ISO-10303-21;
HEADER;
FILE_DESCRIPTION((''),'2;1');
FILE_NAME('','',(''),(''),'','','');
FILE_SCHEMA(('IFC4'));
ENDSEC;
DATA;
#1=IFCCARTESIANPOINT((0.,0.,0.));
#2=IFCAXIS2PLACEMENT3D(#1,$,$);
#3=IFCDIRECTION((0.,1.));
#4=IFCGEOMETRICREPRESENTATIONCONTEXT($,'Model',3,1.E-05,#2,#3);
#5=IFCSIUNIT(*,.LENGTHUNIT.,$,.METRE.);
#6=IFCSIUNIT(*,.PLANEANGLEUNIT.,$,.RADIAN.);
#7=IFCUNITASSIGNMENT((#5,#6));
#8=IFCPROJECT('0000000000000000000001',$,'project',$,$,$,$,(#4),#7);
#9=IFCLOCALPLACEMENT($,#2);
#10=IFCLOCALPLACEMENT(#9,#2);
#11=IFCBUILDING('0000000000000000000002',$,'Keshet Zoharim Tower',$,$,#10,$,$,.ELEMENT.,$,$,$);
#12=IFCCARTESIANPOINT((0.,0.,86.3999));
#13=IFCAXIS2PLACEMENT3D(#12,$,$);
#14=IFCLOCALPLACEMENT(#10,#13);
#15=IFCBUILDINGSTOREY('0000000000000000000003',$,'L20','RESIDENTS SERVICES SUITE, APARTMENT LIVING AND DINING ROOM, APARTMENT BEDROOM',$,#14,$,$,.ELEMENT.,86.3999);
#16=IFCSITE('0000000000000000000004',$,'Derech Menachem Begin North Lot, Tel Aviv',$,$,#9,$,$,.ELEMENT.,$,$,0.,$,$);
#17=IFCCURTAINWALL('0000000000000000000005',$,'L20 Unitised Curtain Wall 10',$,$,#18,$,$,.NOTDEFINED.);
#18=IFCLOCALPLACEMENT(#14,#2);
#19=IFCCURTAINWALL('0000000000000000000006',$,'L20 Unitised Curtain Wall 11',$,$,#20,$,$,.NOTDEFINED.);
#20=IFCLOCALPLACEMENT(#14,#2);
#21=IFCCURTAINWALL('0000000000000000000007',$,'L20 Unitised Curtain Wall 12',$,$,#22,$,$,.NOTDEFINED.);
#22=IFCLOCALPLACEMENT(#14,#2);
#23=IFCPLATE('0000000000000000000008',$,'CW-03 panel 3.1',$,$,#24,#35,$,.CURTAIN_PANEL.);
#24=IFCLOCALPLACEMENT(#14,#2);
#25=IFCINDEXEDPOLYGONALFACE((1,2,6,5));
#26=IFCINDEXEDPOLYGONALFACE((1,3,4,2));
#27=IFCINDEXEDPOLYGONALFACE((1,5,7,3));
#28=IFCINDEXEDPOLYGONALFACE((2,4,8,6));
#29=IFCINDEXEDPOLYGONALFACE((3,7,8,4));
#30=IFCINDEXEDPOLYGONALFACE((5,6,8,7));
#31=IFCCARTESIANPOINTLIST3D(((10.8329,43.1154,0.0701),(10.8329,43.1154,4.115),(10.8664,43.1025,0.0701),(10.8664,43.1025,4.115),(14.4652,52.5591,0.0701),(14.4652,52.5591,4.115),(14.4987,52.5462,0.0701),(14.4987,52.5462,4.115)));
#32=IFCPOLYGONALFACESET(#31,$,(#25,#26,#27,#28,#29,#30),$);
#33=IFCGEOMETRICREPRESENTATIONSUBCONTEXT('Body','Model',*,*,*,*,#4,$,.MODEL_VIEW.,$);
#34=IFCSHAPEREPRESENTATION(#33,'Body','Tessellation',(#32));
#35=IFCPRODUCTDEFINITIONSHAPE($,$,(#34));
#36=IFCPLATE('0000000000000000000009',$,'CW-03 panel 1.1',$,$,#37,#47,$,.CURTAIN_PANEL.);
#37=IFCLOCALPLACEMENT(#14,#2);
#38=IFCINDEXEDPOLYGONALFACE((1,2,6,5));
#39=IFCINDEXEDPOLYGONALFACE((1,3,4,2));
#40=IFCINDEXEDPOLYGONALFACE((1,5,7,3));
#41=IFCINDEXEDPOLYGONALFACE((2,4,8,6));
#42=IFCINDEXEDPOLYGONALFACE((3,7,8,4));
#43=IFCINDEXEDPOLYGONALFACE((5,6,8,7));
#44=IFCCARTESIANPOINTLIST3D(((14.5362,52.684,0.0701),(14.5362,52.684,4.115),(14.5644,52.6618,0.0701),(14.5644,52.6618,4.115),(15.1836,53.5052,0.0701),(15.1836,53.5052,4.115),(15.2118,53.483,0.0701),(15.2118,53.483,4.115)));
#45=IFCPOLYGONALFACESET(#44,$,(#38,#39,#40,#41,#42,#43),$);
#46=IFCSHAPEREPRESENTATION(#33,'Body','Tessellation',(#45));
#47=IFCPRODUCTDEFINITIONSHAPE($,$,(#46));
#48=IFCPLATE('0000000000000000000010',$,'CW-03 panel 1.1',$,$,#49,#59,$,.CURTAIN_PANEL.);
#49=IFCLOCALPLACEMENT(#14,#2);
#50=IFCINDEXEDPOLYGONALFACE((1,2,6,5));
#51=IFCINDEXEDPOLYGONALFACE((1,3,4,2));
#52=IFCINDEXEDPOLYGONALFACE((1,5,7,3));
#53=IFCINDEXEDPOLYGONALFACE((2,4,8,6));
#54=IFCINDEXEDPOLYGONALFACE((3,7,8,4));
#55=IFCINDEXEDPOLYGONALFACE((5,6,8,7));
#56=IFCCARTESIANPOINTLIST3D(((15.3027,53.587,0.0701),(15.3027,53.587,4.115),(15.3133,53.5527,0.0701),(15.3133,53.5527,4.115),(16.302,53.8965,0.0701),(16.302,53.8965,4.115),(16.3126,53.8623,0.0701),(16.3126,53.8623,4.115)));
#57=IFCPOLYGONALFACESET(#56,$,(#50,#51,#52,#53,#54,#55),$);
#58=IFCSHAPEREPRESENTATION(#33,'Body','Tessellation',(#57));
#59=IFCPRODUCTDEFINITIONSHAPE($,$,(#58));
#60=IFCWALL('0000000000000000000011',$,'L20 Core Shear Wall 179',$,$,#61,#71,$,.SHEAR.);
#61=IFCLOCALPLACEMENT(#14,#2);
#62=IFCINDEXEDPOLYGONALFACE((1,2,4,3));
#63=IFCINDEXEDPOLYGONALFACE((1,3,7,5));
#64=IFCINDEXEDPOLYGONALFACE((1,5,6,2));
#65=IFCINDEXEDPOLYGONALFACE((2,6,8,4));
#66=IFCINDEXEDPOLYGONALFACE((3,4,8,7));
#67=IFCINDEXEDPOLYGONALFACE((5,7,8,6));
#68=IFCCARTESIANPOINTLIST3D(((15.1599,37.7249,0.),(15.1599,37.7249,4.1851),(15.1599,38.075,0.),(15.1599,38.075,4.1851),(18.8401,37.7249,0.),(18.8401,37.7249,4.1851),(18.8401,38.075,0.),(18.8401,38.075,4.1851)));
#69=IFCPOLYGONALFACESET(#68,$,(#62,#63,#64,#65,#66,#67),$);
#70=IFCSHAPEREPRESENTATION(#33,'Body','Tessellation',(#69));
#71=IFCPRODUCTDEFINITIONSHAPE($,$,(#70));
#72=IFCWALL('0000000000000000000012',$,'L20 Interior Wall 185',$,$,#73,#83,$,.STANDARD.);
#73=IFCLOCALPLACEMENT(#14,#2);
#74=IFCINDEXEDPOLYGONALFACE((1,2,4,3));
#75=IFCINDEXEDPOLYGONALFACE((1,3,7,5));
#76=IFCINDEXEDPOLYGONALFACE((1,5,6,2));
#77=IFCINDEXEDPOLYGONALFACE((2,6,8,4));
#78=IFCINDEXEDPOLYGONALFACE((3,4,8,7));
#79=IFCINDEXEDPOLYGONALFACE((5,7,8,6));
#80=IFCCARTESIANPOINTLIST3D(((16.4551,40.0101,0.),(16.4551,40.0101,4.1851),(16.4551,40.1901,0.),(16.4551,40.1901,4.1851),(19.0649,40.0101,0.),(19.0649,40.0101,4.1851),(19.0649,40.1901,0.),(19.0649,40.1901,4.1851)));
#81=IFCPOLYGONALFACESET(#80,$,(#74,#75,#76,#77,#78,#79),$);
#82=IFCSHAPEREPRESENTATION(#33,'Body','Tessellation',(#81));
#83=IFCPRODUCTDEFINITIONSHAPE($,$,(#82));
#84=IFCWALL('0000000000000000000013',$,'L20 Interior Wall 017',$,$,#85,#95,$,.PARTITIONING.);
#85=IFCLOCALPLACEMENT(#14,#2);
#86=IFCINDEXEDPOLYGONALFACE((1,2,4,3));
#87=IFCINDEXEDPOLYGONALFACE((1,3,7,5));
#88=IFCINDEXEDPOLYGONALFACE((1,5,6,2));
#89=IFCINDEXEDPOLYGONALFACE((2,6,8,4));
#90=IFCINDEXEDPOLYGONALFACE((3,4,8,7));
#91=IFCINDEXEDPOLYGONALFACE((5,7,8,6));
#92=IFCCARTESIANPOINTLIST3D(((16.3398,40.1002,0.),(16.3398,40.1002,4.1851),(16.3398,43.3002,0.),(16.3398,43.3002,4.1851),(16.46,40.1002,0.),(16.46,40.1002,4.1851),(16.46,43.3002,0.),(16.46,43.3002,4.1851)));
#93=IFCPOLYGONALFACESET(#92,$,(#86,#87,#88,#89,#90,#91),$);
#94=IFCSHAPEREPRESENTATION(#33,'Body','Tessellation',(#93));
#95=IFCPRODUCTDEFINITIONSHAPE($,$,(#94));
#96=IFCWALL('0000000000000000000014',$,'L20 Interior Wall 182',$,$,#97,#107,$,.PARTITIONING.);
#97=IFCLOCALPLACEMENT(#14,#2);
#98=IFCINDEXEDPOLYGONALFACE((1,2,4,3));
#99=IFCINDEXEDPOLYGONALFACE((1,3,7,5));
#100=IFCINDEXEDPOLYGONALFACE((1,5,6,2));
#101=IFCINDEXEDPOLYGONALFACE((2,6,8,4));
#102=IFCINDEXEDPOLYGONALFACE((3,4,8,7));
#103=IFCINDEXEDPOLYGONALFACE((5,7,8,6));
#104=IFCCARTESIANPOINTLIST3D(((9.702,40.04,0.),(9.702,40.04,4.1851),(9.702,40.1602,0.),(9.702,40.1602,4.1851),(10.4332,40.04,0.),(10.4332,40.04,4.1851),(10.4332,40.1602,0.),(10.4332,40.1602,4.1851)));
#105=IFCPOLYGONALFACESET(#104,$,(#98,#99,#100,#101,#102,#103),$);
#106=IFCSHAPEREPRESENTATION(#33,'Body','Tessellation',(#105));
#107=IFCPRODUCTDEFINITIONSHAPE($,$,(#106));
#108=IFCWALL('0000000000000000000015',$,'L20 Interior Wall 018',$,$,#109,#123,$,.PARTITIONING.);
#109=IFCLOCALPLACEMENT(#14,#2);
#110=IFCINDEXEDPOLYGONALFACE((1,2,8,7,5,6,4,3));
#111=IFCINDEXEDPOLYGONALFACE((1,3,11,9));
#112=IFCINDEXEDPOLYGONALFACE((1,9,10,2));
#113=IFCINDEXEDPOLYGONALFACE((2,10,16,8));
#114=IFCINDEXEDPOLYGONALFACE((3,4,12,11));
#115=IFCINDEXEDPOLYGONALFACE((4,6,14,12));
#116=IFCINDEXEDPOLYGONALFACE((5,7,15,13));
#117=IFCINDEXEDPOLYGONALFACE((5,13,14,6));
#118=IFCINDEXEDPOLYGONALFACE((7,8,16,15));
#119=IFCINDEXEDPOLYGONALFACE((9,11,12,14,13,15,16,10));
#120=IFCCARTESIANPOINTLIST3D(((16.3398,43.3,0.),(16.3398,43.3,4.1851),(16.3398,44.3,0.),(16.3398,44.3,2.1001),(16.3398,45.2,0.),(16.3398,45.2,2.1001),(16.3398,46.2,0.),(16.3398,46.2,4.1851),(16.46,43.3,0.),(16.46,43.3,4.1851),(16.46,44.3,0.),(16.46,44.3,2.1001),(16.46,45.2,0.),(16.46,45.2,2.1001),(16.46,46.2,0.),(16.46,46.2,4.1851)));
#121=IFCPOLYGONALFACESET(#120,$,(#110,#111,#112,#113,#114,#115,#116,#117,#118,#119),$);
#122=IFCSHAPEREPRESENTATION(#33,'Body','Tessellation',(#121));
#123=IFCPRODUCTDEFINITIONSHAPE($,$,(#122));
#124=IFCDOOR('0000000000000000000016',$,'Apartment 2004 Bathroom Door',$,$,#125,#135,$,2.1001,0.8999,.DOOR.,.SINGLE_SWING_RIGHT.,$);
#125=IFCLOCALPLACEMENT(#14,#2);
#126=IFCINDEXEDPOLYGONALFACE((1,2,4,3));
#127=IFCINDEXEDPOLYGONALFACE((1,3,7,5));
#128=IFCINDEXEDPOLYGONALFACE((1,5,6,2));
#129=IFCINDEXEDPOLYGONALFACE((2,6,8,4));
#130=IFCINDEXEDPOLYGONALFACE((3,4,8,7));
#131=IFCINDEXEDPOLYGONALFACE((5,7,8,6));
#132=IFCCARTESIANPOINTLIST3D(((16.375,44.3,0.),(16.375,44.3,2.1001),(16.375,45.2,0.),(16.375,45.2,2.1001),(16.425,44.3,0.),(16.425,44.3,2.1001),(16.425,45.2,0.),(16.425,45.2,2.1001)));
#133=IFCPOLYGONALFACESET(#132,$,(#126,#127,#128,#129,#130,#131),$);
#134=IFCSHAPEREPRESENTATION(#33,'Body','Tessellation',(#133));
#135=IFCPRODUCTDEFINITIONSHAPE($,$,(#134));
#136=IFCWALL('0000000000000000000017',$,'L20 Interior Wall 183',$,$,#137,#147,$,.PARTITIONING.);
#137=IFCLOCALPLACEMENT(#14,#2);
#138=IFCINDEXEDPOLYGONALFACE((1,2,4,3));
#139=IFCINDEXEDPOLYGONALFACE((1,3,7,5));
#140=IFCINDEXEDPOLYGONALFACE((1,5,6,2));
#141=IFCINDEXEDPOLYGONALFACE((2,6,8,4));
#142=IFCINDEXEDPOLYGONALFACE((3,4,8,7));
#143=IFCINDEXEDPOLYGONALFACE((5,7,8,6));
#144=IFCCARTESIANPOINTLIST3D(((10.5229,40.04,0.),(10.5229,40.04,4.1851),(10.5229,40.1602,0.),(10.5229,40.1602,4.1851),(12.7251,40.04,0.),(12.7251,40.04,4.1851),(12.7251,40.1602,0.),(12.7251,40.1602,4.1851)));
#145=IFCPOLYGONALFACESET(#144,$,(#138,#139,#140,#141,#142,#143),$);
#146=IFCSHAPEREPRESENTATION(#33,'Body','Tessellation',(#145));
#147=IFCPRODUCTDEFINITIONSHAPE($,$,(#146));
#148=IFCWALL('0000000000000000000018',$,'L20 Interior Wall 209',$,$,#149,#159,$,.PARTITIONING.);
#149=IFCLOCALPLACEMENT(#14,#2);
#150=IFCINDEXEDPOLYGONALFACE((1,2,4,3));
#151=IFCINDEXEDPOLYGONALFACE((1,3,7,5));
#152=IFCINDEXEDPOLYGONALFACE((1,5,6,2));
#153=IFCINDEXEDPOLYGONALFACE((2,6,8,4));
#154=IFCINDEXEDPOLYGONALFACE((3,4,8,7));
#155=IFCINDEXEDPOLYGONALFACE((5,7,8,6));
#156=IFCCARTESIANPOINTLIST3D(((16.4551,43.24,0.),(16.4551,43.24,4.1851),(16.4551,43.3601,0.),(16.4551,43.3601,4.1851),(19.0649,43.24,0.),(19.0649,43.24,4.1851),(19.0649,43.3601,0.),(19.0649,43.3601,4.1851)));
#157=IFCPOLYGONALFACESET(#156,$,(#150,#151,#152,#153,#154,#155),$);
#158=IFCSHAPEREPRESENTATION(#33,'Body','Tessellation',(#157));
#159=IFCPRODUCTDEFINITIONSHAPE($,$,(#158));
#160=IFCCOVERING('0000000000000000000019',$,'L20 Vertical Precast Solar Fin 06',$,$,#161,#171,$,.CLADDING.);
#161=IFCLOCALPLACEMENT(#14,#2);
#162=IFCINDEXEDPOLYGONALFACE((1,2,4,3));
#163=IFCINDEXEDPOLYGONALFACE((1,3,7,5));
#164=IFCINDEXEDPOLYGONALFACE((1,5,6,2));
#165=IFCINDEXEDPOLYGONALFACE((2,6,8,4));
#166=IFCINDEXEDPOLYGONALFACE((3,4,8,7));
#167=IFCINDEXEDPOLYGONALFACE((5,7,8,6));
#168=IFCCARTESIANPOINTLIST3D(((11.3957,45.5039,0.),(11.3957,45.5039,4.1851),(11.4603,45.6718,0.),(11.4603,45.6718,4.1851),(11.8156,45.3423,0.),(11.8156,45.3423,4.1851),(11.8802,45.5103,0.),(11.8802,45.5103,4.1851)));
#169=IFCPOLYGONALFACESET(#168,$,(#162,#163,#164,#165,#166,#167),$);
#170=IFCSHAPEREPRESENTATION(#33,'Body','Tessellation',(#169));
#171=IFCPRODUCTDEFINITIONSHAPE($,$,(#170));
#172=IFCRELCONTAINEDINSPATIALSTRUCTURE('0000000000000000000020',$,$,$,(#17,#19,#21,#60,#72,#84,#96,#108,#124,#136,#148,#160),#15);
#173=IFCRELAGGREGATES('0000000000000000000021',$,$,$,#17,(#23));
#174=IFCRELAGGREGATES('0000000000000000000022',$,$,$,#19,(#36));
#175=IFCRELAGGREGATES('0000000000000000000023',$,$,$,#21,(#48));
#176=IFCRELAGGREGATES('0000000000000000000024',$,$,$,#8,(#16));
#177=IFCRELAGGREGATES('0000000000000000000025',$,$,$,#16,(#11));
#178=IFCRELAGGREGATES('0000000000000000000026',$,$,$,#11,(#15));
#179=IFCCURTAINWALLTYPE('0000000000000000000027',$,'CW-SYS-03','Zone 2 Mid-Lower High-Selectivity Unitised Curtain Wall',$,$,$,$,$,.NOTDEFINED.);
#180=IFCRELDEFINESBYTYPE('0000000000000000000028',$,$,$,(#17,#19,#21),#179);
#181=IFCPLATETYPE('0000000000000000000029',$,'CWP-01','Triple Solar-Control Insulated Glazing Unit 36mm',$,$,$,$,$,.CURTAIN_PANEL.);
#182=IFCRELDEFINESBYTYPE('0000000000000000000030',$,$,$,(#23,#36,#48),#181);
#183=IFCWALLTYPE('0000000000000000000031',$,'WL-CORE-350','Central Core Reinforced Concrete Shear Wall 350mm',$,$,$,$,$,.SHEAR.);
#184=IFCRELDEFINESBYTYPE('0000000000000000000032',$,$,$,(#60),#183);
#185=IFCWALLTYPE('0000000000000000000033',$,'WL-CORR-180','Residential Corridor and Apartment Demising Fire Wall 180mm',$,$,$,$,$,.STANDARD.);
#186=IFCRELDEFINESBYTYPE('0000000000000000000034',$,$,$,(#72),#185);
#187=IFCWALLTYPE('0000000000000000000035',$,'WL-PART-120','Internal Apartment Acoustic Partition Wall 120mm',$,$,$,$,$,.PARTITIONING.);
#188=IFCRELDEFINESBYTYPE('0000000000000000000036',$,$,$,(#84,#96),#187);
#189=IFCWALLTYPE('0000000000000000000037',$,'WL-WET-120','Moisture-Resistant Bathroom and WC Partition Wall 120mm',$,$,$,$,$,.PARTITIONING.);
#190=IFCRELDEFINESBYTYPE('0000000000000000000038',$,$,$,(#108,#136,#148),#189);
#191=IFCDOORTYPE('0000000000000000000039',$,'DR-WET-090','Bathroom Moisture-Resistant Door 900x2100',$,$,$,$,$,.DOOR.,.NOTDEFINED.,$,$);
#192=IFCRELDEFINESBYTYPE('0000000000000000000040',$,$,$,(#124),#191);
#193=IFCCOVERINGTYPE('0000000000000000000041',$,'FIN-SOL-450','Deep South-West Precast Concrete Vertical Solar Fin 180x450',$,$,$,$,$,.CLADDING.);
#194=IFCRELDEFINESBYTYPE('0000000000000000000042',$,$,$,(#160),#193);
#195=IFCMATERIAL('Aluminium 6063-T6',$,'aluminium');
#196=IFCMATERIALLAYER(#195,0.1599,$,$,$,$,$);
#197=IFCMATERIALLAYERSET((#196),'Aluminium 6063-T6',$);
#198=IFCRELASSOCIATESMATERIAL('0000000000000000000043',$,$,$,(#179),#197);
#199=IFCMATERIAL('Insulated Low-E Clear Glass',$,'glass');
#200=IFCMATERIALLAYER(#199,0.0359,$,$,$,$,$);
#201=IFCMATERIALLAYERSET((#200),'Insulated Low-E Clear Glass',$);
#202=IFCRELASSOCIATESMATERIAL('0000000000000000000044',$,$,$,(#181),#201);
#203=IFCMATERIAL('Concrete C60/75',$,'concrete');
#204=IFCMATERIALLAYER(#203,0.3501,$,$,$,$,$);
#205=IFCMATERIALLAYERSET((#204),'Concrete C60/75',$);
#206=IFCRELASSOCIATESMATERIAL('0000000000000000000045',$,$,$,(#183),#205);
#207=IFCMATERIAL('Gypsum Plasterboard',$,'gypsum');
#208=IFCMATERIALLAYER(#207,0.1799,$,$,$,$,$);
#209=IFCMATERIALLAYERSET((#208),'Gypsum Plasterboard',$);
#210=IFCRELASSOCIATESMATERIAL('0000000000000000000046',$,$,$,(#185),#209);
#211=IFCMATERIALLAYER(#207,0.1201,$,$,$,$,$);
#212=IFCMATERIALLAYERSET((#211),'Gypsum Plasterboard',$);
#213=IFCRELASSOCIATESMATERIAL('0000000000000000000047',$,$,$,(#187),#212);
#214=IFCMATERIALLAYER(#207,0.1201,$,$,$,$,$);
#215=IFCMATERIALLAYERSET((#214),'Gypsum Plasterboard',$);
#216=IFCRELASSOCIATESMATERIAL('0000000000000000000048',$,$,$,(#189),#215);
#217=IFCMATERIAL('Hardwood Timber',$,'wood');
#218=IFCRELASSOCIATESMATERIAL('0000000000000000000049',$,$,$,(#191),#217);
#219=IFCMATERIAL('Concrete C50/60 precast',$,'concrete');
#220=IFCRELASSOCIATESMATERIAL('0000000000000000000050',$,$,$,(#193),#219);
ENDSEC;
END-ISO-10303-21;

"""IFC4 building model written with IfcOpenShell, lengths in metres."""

from ifc_helpers import new_model, si_unit, direction, frame, frame_2d, origin, origin_2d, place, context, subcontext, project, spatial, rectangle, extrude, material, layer, layer_set, type_object, element, fill, aggregate, save


model = new_model("IFC4")

# Units and contexts
model_context = context("Model", 3, precision=1e-05, world=origin(), true_north=direction((0.0, 1.0)))
body_context = subcontext(model_context, "Body", "Model", "MODEL_VIEW")
ifc_project = project(units=[si_unit("LENGTHUNIT", "METRE"), si_unit("PLANEANGLEUNIT", "RADIAN")], contexts=[model_context])

# Site, building, storey
site_placement = place(None, origin())
site = spatial("IfcSite", under=ifc_project, at=site_placement, Name="Derech Menachem Begin North Lot, Tel Aviv", CompositionType="ELEMENT", RefElevation=0.0)
building_placement = place(site_placement, origin())
building = spatial("IfcBuilding", under=site, at=building_placement, Name="Keshet Zoharim Tower", CompositionType="ELEMENT")
storey_placement = place(building_placement, frame((0.0, 0.0, 86.3999)))
storey = spatial("IfcBuildingStorey", under=building, at=storey_placement, Name="L20", Description="RESIDENTS SERVICES SUITE, APARTMENT LIVING AND DINING ROOM, APARTMENT BEDROOM", CompositionType="ELEMENT", Elevation=86.3999)

# Curtain walls
ifc_material_1 = material(Name="Aluminium 6063-T6", Category="aluminium")
ifc_layer_1 = layer(ifc_material_1, 0.1599)
ifc_layer_set_1 = layer_set([ifc_layer_1], Name="Aluminium 6063-T6")
curtain_wall_type = type_object("IfcCurtainWallType", Name="CW-SYS-03", Description="Zone 2 Mid-Lower High-Selectivity Unitised Curtain Wall", PredefinedType="NOTDEFINED", material=ifc_layer_set_1)
curtain_wall_1_placement = place(storey_placement, origin())
curtain_wall_1 = element("IfcCurtainWall", 1, at=curtain_wall_1_placement, inside=storey, type_object=curtain_wall_type, Name="L20 Unitised Curtain Wall 10", PredefinedType="NOTDEFINED")
curtain_wall_2_placement = place(storey_placement, origin())
curtain_wall_2 = element("IfcCurtainWall", 2, at=curtain_wall_2_placement, inside=storey, type_object=curtain_wall_type, Name="L20 Unitised Curtain Wall 11", PredefinedType="NOTDEFINED")
curtain_wall_3_placement = place(storey_placement, origin())
curtain_wall_3 = element("IfcCurtainWall", 3, at=curtain_wall_3_placement, inside=storey, type_object=curtain_wall_type, Name="L20 Unitised Curtain Wall 12", PredefinedType="NOTDEFINED")

# Plates
ifc_material_2 = material(Name="Insulated Low-E Clear Glass", Category="glass")
ifc_layer_2 = layer(ifc_material_2, 0.0359)
ifc_layer_set_2 = layer_set([ifc_layer_2], Name="Insulated Low-E Clear Glass")
plate_type = type_object("IfcPlateType", Name="CWP-01", Description="Triple Solar-Control Insulated Glazing Unit 36mm", PredefinedType="CURTAIN_PANEL", material=ifc_layer_set_2)
plate_1_placement = place(storey_placement, frame((12.6658, 47.8308, 0.0701), z_axis=(0.0, 0.0, 1.0), x_axis=(0.35899, 0.933341, 0.0)))
plate_1 = element("IfcPlate", 4, at=plate_1_placement, type_object=plate_type, Name="CW-03 panel 3.1", PredefinedType="CURTAIN_PANEL", context=body_context, shape_type="SweptSolid", body=[
    extrude(rectangle(XDim=10.1182, YDim=0.0359, at=origin_2d()), origin(), (0.0, 0.0, 1.0), 4.0449),
])
aggregate(curtain_wall_1, [plate_1])
plate_2_placement = place(storey_placement, frame((14.874, 53.0835, 0.0701), z_axis=(0.0, 0.0, 1.0), x_axis=(0.619125, 0.785293, 0.0)))
plate_2 = element("IfcPlate", 5, at=plate_2_placement, type_object=plate_type, Name="CW-03 panel 1.1", PredefinedType="CURTAIN_PANEL", context=body_context, shape_type="SweptSolid", body=[
    extrude(rectangle(XDim=1.0457, YDim=0.0359, at=origin_2d()), origin(), (0.0, 0.0, 1.0), 4.0449),
])
aggregate(curtain_wall_2, [plate_2])
plate_3_placement = place(storey_placement, frame((15.8076, 53.7246, 0.0701), z_axis=(0.0, 0.0, 1.0), x_axis=(0.955212, 0.295922, 0.0)))
plate_3 = element("IfcPlate", 6, at=plate_3_placement, type_object=plate_type, Name="CW-03 panel 1.1", PredefinedType="CURTAIN_PANEL", context=body_context, shape_type="SweptSolid", body=[
    extrude(rectangle(XDim=1.0461, YDim=0.0359, at=origin_2d()), origin(), (0.0, 0.0, 1.0), 4.0449),
])
aggregate(curtain_wall_3, [plate_3])

# Wall
ifc_material_3 = material(Name="Concrete C60/75", Category="concrete")
ifc_layer_3 = layer(ifc_material_3, 0.3501)
ifc_layer_set_3 = layer_set([ifc_layer_3], Name="Concrete C60/75")
wall_type_1 = type_object("IfcWallType", Name="WL-CORE-350", Description="Central Core Reinforced Concrete Shear Wall 350mm", PredefinedType="SHEAR", material=ifc_layer_set_3)
wall_1_placement = place(storey_placement, frame((15.1599, 37.8999, 0.0), z_axis=(0.0, 0.0, 1.0), x_axis=(1.0, 0.0, 0.0)))
element("IfcWall", 7, at=wall_1_placement, inside=storey, type_object=wall_type_1, Name="L20 Core Shear Wall 179", PredefinedType="SHEAR", context=body_context, shape_type="SweptSolid", body=[
    extrude(rectangle(XDim=3.6802, YDim=0.3501, at=frame_2d((1.8401, 0.0))), origin(), (0.0, 0.0, 1.0), 4.1851),
])

# Shared definitions
ifc_material_4 = material(Name="Gypsum Plasterboard", Category="gypsum")
ifc_layer_4 = layer(ifc_material_4, 0.1799)
ifc_layer_set_4 = layer_set([ifc_layer_4], Name="Gypsum Plasterboard")
wall_type_2 = type_object("IfcWallType", Name="WL-CORR-180", Description="Residential Corridor and Apartment Demising Fire Wall 180mm", PredefinedType="STANDARD", material=ifc_layer_set_4)
ifc_material_5 = material(Name="Hardwood Timber", Category="wood")

# Walls
wall_2_placement = place(storey_placement, frame((16.4551, 40.1001, 0.0), z_axis=(0.0, 0.0, 1.0), x_axis=(1.0, 0.0, 0.0)))
element("IfcWall", 8, at=wall_2_placement, inside=storey, type_object=wall_type_2, Name="L20 Interior Wall 185", PredefinedType="STANDARD", context=body_context, shape_type="SweptSolid", body=[
    extrude(rectangle(XDim=2.6099, YDim=0.1799, at=frame_2d((1.3049, 0.0))), origin(), (0.0, 0.0, 1.0), 4.1851),
])
ifc_layer_5 = layer(ifc_material_4, 0.1201)
ifc_layer_set_5 = layer_set([ifc_layer_5], Name="Gypsum Plasterboard")
wall_type_3 = type_object("IfcWallType", Name="WL-PART-120", Description="Internal Apartment Acoustic Partition Wall 120mm", PredefinedType="PARTITIONING", material=ifc_layer_set_5)
wall_3_placement = place(storey_placement, frame((16.3999, 40.1001, 0.0), z_axis=(0.0, 0.0, 1.0), x_axis=(0.0, 1.0, 0.0)))
element("IfcWall", 9, at=wall_3_placement, inside=storey, type_object=wall_type_3, Name="L20 Interior Wall 017", PredefinedType="PARTITIONING", context=body_context, shape_type="SweptSolid", body=[
    extrude(rectangle(XDim=3.2, YDim=0.1201, at=frame_2d((1.6001, 0.0))), origin(), (0.0, 0.0, 1.0), 4.1851),
])
wall_4_placement = place(storey_placement, frame((9.7019, 40.1001, 0.0), z_axis=(0.0, 0.0, 1.0), x_axis=(1.0, 0.0, 0.0)))
element("IfcWall", 10, at=wall_4_placement, inside=storey, type_object=wall_type_3, Name="L20 Interior Wall 182", PredefinedType="PARTITIONING", context=body_context, shape_type="SweptSolid", body=[
    extrude(rectangle(XDim=0.7312, YDim=0.1201, at=frame_2d((0.3657, 0.0))), origin(), (0.0, 0.0, 1.0), 4.1851),
])

# Wall, opening, door
ifc_layer_6 = layer(ifc_material_4, 0.1201)
ifc_layer_set_6 = layer_set([ifc_layer_6], Name="Gypsum Plasterboard")
wall_type_4 = type_object("IfcWallType", Name="WL-WET-120", Description="Moisture-Resistant Bathroom and WC Partition Wall 120mm", PredefinedType="PARTITIONING", material=ifc_layer_set_6)
wall_5_placement = place(storey_placement, frame((16.3999, 43.3, 0.0), z_axis=(0.0, 0.0, 1.0), x_axis=(0.0, 1.0, 0.0)))
wall_5 = element("IfcWall", 11, at=wall_5_placement, inside=storey, type_object=wall_type_4, Name="L20 Interior Wall 018", PredefinedType="PARTITIONING", context=body_context, shape_type="SweptSolid", body=[
    extrude(rectangle(XDim=2.8999, YDim=0.1201, at=frame_2d((1.45, 0.0))), origin(), (0.0, 0.0, 1.0), 4.1851),
])
opening_1_placement = place(wall_5_placement, frame((1.0, 0.0, 0.0)))
opening_1 = element("IfcOpeningElement", 12, at=opening_1_placement, cuts=wall_5, PredefinedType="OPENING", context=body_context, shape_type="SweptSolid", body=[
    extrude(rectangle(XDim=0.8999, YDim=2.1001, at=frame_2d((0.45, 1.05))), frame((0.0, 0.0701, 0.0), z_axis=(0.0, -1.0, 0.0), x_axis=(1.0, 0.0, 0.0)), (0.0, 0.0, 1.0), 0.1401),
])
door_type_1 = type_object("IfcDoorType", Name="DR-WET-090", Description="Bathroom Moisture-Resistant Door 900x2100", OperationType="NOTDEFINED", PredefinedType="DOOR", material=ifc_material_5)
door_1_placement = place(opening_1_placement, origin())
door_1 = element("IfcDoor", 13, at=door_1_placement, inside=storey, type_object=door_type_1, Name="Apartment 2004 Bathroom Door", OperationType="SINGLE_SWING_RIGHT", OverallHeight=2.1001, OverallWidth=0.8999, PredefinedType="DOOR", context=body_context, shape_type="SweptSolid", body=[
    extrude(rectangle(XDim=0.8999, YDim=2.1001, at=frame_2d((0.45, 1.05))), frame((0.0, 0.0249, 0.0), z_axis=(0.0, -1.0, 0.0), x_axis=(1.0, 0.0, 0.0)), (0.0, 0.0, 1.0), 0.05),
])
fill(opening_1, door_1)

# Walls
wall_6_placement = place(storey_placement, frame((10.5229, 40.1001, 0.0), z_axis=(0.0, 0.0, 1.0), x_axis=(1.0, 0.0, 0.0)))
element("IfcWall", 14, at=wall_6_placement, inside=storey, type_object=wall_type_4, Name="L20 Interior Wall 183", PredefinedType="PARTITIONING", context=body_context, shape_type="SweptSolid", body=[
    extrude(rectangle(XDim=2.2021, YDim=0.1201, at=frame_2d((1.1011, 0.0))), origin(), (0.0, 0.0, 1.0), 4.1851),
])
wall_7_placement = place(storey_placement, frame((16.4551, 43.3, 0.0), z_axis=(0.0, 0.0, 1.0), x_axis=(1.0, 0.0, 0.0)))
element("IfcWall", 15, at=wall_7_placement, inside=storey, type_object=wall_type_4, Name="L20 Interior Wall 209", PredefinedType="PARTITIONING", context=body_context, shape_type="SweptSolid", body=[
    extrude(rectangle(XDim=2.6099, YDim=0.1201, at=frame_2d((1.3049, 0.0))), origin(), (0.0, 0.0, 1.0), 4.1851),
])

# Covering
ifc_material_6 = material(Name="Concrete C50/60 precast", Category="concrete")
covering_type = type_object("IfcCoveringType", Name="FIN-SOL-450", Description="Deep South-West Precast Concrete Vertical Solar Fin 180x450", PredefinedType="CLADDING", material=ifc_material_6)
covering_placement = place(storey_placement, frame((11.6379, 45.5071, 0.0), z_axis=(0.0, 0.0, 1.0), x_axis=(0.35899, 0.933341, 0.0)))
element("IfcCovering", 16, at=covering_placement, inside=storey, type_object=covering_type, Name="L20 Vertical Precast Solar Fin 06", PredefinedType="CLADDING", context=body_context, shape_type="SweptSolid", body=[
    extrude(rectangle(XDim=0.1799, YDim=0.45, at=origin_2d()), origin(), (0.0, 0.0, 1.0), 4.1851),
])

save(model, "model.ifc")
